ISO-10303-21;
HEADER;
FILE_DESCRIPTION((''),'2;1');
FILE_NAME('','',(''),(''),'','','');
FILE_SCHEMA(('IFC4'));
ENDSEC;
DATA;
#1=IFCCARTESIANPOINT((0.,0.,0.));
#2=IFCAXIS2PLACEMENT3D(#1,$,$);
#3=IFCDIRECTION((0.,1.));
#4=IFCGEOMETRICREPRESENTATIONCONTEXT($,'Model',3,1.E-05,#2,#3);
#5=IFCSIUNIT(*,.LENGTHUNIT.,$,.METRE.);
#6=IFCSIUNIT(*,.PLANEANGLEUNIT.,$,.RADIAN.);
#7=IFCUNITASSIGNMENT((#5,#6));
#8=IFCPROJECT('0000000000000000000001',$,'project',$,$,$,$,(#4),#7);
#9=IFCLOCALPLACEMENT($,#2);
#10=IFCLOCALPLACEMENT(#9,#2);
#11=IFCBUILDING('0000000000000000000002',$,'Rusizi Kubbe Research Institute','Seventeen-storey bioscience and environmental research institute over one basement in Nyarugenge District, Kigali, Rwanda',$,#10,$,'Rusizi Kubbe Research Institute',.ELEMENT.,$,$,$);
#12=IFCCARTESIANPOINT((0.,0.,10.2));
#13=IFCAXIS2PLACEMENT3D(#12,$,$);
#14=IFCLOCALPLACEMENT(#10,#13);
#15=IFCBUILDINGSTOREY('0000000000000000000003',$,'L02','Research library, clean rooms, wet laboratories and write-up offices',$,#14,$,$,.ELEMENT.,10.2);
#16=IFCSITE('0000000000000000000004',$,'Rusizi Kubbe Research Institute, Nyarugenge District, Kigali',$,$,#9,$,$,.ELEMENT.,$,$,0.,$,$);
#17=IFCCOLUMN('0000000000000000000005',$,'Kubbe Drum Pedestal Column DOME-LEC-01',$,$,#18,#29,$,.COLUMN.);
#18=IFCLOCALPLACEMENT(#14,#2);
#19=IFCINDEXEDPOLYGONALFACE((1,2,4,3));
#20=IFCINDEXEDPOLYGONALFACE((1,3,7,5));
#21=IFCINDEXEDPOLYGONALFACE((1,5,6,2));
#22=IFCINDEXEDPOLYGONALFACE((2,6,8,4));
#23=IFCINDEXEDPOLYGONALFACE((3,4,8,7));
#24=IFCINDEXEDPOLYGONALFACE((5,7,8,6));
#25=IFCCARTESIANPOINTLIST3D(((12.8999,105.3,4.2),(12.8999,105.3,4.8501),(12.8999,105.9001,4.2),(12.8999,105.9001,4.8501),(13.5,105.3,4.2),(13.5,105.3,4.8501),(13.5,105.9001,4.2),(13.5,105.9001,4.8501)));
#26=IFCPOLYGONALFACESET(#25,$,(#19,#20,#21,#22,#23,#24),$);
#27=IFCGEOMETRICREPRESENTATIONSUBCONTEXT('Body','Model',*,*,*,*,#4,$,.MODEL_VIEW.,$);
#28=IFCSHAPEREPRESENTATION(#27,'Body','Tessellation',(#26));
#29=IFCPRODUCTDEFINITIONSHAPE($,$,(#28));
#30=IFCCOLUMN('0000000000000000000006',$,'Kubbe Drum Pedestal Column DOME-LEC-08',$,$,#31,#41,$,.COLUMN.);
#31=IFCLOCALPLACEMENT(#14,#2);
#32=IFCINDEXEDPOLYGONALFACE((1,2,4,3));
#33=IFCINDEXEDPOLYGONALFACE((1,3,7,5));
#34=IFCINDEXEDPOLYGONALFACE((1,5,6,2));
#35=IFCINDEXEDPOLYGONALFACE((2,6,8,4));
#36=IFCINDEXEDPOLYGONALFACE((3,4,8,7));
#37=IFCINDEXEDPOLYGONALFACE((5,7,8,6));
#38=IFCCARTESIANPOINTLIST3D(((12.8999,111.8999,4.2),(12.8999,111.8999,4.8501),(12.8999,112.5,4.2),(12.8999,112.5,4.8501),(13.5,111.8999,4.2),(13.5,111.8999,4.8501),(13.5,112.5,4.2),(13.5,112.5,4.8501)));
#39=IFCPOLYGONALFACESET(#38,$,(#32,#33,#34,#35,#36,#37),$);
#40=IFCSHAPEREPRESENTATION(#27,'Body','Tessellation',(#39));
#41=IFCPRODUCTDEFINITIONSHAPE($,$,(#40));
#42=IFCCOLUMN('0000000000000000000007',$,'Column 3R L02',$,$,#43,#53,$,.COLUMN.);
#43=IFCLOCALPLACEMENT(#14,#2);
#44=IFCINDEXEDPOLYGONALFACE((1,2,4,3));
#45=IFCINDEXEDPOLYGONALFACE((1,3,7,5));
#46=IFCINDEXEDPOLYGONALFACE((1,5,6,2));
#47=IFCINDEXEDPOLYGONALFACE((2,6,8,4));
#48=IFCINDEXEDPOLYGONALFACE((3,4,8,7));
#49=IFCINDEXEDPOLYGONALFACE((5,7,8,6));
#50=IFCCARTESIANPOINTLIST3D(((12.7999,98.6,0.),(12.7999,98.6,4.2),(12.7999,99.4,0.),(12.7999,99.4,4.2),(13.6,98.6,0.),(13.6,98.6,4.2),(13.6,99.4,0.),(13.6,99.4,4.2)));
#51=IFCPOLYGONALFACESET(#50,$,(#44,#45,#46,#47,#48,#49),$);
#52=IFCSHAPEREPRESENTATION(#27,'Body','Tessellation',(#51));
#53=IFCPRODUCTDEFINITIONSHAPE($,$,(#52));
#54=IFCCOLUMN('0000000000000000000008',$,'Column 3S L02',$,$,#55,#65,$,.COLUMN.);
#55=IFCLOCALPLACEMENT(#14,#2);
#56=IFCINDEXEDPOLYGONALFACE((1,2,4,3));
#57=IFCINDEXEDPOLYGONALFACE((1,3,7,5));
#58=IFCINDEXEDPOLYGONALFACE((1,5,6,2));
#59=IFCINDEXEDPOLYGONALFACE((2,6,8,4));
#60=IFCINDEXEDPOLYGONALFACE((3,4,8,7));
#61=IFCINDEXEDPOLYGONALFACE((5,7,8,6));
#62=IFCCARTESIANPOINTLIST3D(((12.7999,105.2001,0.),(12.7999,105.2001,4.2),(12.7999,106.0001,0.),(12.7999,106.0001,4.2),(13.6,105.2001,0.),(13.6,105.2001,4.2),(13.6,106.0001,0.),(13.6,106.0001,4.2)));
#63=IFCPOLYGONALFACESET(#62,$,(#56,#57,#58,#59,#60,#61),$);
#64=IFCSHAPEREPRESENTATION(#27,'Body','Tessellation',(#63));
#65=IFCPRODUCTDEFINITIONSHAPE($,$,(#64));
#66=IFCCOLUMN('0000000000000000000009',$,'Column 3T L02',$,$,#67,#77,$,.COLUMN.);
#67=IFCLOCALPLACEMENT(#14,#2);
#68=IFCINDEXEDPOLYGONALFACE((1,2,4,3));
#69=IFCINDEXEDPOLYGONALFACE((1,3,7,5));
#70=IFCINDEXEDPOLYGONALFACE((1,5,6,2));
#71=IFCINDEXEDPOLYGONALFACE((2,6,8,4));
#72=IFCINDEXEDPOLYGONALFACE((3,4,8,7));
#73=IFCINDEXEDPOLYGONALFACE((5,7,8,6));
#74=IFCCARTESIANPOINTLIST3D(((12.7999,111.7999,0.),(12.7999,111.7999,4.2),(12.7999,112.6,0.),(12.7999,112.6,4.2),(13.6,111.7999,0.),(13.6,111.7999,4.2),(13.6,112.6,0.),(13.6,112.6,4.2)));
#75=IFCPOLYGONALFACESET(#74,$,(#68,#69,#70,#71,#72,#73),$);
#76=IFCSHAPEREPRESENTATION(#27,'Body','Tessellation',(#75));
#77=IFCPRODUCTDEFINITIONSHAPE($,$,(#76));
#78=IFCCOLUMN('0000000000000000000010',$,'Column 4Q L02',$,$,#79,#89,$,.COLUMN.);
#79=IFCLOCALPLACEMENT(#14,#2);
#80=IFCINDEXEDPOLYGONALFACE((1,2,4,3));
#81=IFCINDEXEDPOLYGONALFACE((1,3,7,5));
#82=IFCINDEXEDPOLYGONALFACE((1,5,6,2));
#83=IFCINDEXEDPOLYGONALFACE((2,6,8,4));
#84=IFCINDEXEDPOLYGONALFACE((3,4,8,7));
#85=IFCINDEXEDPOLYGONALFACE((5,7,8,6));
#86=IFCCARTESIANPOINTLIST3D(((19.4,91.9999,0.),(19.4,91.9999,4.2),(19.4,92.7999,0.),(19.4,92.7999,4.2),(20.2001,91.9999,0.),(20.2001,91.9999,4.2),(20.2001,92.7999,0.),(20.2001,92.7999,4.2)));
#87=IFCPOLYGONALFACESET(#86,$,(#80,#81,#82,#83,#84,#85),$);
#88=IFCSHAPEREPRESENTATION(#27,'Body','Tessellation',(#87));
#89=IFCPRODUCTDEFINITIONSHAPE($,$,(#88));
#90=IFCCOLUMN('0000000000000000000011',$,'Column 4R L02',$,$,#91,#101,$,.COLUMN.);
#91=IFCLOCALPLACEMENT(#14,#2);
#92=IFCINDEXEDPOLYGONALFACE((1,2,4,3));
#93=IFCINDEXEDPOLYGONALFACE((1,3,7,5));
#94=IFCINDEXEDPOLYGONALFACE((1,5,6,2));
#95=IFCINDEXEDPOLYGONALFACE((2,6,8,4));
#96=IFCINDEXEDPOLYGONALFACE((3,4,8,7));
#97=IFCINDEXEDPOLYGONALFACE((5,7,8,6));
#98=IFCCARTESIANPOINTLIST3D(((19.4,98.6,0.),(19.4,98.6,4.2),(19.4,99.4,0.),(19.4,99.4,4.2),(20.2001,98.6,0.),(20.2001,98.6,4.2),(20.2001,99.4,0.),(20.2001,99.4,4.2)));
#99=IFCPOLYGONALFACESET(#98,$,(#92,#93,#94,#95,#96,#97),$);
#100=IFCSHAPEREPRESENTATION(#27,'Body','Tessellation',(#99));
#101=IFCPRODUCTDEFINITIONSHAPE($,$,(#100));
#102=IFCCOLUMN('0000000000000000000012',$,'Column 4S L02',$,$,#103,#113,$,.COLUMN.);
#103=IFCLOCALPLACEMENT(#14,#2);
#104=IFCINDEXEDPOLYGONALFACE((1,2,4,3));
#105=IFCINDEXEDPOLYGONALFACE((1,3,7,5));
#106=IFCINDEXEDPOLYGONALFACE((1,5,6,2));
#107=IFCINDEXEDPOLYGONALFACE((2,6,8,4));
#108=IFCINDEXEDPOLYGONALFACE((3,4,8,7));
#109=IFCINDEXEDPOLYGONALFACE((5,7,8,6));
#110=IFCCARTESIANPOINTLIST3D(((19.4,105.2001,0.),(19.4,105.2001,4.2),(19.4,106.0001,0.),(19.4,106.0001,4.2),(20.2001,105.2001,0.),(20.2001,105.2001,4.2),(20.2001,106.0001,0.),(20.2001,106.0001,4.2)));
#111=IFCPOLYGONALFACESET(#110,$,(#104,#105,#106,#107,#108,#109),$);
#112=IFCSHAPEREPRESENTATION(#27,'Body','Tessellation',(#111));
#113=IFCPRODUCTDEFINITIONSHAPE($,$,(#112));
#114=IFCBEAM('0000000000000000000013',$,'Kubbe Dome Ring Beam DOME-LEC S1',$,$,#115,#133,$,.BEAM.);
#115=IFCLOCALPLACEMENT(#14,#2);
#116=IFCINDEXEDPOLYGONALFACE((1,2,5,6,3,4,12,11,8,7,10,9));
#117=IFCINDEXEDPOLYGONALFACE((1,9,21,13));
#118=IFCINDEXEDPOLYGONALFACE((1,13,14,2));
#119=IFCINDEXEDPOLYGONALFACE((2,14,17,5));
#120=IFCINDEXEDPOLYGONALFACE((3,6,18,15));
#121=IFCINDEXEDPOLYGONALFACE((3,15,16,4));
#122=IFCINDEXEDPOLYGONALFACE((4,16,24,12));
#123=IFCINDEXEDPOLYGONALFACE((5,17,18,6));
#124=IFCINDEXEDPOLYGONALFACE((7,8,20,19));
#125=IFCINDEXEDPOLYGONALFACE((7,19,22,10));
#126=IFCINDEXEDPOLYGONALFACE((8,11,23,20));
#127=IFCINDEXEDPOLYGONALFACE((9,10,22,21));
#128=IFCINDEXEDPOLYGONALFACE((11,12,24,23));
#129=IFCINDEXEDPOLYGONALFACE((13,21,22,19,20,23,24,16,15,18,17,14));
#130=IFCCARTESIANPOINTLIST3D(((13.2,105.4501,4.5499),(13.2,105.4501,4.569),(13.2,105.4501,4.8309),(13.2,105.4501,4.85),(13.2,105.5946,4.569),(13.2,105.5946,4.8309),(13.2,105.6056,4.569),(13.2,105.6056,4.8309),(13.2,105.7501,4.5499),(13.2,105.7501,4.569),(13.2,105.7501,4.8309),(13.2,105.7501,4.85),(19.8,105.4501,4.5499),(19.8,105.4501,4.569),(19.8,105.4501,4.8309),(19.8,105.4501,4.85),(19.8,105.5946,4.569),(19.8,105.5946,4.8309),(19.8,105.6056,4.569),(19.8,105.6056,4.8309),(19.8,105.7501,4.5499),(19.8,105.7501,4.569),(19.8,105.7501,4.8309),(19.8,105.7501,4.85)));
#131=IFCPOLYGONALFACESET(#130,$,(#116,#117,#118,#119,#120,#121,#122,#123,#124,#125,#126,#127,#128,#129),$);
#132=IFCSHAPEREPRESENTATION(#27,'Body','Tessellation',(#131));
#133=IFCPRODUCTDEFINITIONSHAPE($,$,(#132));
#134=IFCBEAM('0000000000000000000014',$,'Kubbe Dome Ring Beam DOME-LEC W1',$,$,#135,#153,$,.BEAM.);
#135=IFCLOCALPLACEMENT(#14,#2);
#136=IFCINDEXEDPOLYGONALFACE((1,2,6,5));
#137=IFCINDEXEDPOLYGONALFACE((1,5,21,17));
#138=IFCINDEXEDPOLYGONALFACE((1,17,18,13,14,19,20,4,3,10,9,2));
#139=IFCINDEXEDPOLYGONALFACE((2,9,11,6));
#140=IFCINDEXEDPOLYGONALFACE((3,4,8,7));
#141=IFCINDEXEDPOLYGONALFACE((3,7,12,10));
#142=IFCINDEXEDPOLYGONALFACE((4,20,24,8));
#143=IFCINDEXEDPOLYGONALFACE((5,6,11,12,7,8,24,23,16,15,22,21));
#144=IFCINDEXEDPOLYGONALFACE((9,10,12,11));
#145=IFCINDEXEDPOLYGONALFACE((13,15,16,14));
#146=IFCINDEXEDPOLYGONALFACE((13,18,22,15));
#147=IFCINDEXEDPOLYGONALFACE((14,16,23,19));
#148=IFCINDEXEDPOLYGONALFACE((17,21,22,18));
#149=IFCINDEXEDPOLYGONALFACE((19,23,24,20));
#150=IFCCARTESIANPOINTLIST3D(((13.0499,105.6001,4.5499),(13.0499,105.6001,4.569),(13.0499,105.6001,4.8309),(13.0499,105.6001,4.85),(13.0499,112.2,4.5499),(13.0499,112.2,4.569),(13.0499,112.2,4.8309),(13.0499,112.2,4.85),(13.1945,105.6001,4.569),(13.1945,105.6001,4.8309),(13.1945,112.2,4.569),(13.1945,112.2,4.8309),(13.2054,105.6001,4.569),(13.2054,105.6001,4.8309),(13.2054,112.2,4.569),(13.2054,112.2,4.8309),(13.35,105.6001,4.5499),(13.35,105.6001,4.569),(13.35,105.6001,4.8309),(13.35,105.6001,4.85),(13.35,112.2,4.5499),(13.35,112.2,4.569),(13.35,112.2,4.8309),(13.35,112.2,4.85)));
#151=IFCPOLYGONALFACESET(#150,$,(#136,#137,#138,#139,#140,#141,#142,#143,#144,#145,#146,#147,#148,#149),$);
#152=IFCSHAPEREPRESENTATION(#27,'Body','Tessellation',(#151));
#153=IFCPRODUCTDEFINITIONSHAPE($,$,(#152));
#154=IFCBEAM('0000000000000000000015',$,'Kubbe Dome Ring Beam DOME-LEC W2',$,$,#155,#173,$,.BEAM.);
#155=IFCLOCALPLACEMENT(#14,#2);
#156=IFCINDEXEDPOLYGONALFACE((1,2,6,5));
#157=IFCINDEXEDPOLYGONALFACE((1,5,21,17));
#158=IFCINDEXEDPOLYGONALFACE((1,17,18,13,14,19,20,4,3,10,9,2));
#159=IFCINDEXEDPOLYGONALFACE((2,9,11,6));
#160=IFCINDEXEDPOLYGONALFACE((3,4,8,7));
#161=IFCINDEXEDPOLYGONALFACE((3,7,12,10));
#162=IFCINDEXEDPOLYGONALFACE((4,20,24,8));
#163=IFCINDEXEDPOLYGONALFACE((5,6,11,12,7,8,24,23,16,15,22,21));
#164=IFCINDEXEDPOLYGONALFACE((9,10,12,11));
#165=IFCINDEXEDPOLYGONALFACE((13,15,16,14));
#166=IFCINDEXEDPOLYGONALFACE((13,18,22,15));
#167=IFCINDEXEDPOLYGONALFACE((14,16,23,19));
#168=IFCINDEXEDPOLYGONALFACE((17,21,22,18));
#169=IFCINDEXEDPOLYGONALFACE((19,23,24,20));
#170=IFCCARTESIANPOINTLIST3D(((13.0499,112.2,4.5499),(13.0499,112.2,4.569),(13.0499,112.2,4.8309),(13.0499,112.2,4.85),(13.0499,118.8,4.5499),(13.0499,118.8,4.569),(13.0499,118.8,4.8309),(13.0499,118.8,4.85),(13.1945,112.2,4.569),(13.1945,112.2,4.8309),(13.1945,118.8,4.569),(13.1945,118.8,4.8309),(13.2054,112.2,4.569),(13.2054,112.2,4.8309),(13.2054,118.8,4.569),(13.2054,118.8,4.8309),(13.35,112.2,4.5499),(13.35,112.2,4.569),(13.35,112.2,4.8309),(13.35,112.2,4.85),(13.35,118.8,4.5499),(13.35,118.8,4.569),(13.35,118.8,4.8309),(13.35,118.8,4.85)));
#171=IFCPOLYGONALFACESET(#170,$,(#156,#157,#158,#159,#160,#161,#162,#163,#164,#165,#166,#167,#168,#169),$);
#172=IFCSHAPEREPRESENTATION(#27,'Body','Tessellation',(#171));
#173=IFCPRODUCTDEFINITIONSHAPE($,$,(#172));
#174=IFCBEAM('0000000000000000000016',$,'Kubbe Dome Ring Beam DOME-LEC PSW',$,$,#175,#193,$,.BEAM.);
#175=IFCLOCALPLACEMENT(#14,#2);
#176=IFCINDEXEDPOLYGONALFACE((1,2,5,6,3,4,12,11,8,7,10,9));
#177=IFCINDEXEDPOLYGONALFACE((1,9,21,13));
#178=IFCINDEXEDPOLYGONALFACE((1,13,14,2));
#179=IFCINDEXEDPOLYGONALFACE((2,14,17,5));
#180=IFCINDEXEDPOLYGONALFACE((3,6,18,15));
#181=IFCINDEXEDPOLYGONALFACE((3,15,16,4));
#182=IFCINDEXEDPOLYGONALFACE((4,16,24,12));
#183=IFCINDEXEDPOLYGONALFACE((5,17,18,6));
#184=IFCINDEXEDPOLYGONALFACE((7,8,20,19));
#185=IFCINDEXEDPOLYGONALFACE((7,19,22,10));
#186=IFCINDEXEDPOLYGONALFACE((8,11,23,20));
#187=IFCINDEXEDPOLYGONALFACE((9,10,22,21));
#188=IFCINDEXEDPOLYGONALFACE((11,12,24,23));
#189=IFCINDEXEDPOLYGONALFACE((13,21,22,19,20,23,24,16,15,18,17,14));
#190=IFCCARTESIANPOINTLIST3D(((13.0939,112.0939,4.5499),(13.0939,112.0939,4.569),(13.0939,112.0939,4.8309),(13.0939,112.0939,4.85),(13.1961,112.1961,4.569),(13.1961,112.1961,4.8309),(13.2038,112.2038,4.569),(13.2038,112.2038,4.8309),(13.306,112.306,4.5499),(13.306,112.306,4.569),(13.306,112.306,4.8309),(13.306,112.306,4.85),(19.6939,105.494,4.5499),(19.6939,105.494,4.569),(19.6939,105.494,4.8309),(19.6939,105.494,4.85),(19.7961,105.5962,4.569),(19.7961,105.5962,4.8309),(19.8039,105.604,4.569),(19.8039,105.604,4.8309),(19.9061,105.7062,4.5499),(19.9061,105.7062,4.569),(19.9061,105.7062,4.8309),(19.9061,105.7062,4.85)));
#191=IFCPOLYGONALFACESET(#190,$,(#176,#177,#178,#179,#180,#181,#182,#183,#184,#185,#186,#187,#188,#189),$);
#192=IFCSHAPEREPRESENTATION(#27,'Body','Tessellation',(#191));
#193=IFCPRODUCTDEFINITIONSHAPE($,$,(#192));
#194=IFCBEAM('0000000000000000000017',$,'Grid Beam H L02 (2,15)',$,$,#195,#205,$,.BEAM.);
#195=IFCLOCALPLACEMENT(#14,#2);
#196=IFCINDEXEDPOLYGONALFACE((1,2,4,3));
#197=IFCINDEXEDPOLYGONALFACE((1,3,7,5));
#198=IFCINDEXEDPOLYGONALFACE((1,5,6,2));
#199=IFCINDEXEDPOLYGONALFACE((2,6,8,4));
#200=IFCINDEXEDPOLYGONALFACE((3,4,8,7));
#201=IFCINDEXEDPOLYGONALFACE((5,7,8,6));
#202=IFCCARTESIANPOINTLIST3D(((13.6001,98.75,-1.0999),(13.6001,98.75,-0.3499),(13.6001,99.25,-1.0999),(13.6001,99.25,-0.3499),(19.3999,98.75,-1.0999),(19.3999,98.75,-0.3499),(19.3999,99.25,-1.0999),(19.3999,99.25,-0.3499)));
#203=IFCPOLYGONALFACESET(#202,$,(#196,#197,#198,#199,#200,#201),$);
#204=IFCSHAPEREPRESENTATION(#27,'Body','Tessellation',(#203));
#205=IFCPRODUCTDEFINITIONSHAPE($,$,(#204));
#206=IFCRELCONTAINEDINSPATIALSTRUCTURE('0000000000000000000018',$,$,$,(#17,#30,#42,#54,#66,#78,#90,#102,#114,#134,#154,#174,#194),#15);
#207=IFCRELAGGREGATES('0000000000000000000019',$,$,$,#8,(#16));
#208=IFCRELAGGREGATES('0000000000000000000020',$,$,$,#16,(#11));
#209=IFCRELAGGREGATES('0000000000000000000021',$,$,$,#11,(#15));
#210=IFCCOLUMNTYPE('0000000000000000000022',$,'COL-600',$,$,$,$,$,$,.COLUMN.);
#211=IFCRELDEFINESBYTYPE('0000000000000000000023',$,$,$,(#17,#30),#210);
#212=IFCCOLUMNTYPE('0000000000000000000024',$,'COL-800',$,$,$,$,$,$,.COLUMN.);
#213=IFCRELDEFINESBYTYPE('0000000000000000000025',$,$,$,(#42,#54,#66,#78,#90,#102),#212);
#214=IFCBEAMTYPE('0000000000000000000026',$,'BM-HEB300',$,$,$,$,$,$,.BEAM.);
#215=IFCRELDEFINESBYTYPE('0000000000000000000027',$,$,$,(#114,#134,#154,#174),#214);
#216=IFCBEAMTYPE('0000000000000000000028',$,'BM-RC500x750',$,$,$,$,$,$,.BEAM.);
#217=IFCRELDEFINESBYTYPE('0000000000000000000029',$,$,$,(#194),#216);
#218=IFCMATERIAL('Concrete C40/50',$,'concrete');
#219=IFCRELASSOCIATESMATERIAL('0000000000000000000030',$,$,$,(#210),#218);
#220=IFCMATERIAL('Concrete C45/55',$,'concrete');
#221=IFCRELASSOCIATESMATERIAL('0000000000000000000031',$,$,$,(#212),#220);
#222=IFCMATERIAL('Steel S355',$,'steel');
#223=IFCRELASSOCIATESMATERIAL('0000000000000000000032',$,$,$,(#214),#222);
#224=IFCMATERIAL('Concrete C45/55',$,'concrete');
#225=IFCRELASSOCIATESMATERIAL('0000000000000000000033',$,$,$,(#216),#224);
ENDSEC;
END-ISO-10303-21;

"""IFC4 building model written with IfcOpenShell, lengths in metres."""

from ifc_helpers import new_model, si_unit, direction, frame, origin, origin_2d, place, context, subcontext, project, spatial, rectangle, i_section, extrude, material, material_profile, profile_set, type_object, element, save


model = new_model("IFC4")

# Units and contexts
model_context = context("Model", 3, precision=1e-05, world=origin(), true_north=direction((0.0, 1.0)))
body_context = subcontext(model_context, "Body", "Model", "MODEL_VIEW")
ifc_project = project(units=[si_unit("LENGTHUNIT", "METRE"), si_unit("PLANEANGLEUNIT", "RADIAN")], contexts=[model_context])

# Site, building, storey
site_placement = place(None, origin())
site = spatial("IfcSite", under=ifc_project, at=site_placement, Name="Rusizi Kubbe Research Institute, Nyarugenge District, Kigali", CompositionType="ELEMENT", RefElevation=0.0)
building_placement = place(site_placement, origin())
building = spatial("IfcBuilding", under=site, at=building_placement, Name="Rusizi Kubbe Research Institute", Description="Seventeen-storey bioscience and environmental research institute over one basement in Nyarugenge District, Kigali, Rwanda", LongName="Rusizi Kubbe Research Institute", CompositionType="ELEMENT")
storey_placement = place(building_placement, frame((0.0, 0.0, 10.2)))
storey = spatial("IfcBuildingStorey", under=building, at=storey_placement, Name="L02", Description="Research library, clean rooms, wet laboratories and write-up offices", CompositionType="ELEMENT", Elevation=10.2)

# Columns
ifc_material_1 = material(Name="Concrete C40/50", Category="concrete")
ifc_material_profile_1 = material_profile(ifc_material_1, rectangle(XDim=0.6001, YDim=0.6001, at=origin_2d()), Name="RC600x600")
ifc_profile_set_1 = profile_set([ifc_material_profile_1], Name="Concrete C40/50")
column_type_1 = type_object("IfcColumnType", Name="COL-600", PredefinedType="COLUMN", material=ifc_profile_set_1)
for number, where, z_axis, x_axis, name in (
    (1, (13.2, 105.6001, 4.2), (0.0, 0.0, 1.0), (1.0, 0.0, 0.0), "Kubbe Drum Pedestal Column DOME-LEC-01"),
    (2, (13.2, 112.2, 4.2), (0.0, 0.0, 1.0), (1.0, 0.0, 0.0), "Kubbe Drum Pedestal Column DOME-LEC-08"),
):
    element("IfcColumn", number, at=place(storey_placement, frame(where, z_axis=z_axis, x_axis=x_axis)), inside=storey, type_object=column_type_1, Name=name, PredefinedType="COLUMN", context=body_context, shape_type="SweptSolid", body=[
        extrude(rectangle(XDim=0.6001, YDim=0.6001, at=origin_2d()), origin(), (0.0, 0.0, 1.0), 0.6501),
    ])
ifc_material_2 = material(Name="Concrete C45/55", Category="concrete")
ifc_material_profile_2 = material_profile(ifc_material_2, rectangle(XDim=0.8, YDim=0.8, at=origin_2d()), Name="RC800x800")
ifc_profile_set_2 = profile_set([ifc_material_profile_2], Name="Concrete C45/55")
column_type_2 = type_object("IfcColumnType", Name="COL-800", PredefinedType="COLUMN", material=ifc_profile_set_2)
for number, where, z_axis, x_axis, name in (
    (3, (13.2, 99.0, 0.0), (0.0, 0.0, 1.0), (1.0, 0.0, 0.0), "Column 3R L02"),
    (4, (13.2, 105.6001, 0.0), (0.0, 0.0, 1.0), (1.0, 0.0, 0.0), "Column 3S L02"),
    (5, (13.2, 112.2, 0.0), (0.0, 0.0, 1.0), (1.0, 0.0, 0.0), "Column 3T L02"),
    (6, (19.8, 92.3999, 0.0), (0.0, 0.0, 1.0), (1.0, 0.0, 0.0), "Column 4Q L02"),
    (7, (19.8, 99.0, 0.0), (0.0, 0.0, 1.0), (1.0, 0.0, 0.0), "Column 4R L02"),
    (8, (19.8, 105.6001, 0.0), (0.0, 0.0, 1.0), (1.0, 0.0, 0.0), "Column 4S L02"),
):
    element("IfcColumn", number, at=place(storey_placement, frame(where, z_axis=z_axis, x_axis=x_axis)), inside=storey, type_object=column_type_2, Name=name, PredefinedType="COLUMN", context=body_context, shape_type="SweptSolid", body=[
        extrude(rectangle(XDim=0.8, YDim=0.8, at=origin_2d()), origin(), (0.0, 0.0, 1.0), 4.2),
    ])

# Beams
ifc_material_3 = material(Name="Steel S355", Category="steel")
ifc_material_profile_3 = material_profile(ifc_material_3, i_section(OverallWidth=0.3, OverallDepth=0.3, WebThickness=0.011, FlangeThickness=0.019, at=origin_2d()), Name="HEB 300")
ifc_profile_set_3 = profile_set([ifc_material_profile_3], Name="Steel S355")
beam_type_1 = type_object("IfcBeamType", Name="BM-HEB300", PredefinedType="BEAM", material=ifc_profile_set_3)
beam_1_placement = place(storey_placement, frame((13.2, 105.6001, 4.7), z_axis=(1.0, 0.0, 0.0), x_axis=(0.0, 1.0, 0.0)))
element("IfcBeam", 9, at=beam_1_placement, inside=storey, type_object=beam_type_1, Name="Kubbe Dome Ring Beam DOME-LEC S1", PredefinedType="BEAM", context=body_context, shape_type="SweptSolid", body=[
    extrude(i_section(OverallWidth=0.3, OverallDepth=0.3, WebThickness=0.011, FlangeThickness=0.019, at=origin_2d()), origin(), (0.0, 0.0, 1.0), 6.6001),
])
beam_2_placement = place(storey_placement, frame((13.2, 105.6001, 4.7), z_axis=(0.0, 1.0, 0.0), x_axis=(-1.0, 0.0, 0.0)))
element("IfcBeam", 10, at=beam_2_placement, inside=storey, type_object=beam_type_1, Name="Kubbe Dome Ring Beam DOME-LEC W1", PredefinedType="BEAM", context=body_context, shape_type="SweptSolid", body=[
    extrude(i_section(OverallWidth=0.3, OverallDepth=0.3, WebThickness=0.011, FlangeThickness=0.019, at=origin_2d()), origin(), (0.0, 0.0, 1.0), 6.5999),
])
beam_3_placement = place(storey_placement, frame((13.2, 112.2, 4.7), z_axis=(0.0, 1.0, 0.0), x_axis=(-1.0, 0.0, 0.0)))
element("IfcBeam", 11, at=beam_3_placement, inside=storey, type_object=beam_type_1, Name="Kubbe Dome Ring Beam DOME-LEC W2", PredefinedType="BEAM", context=body_context, shape_type="SweptSolid", body=[
    extrude(i_section(OverallWidth=0.3, OverallDepth=0.3, WebThickness=0.011, FlangeThickness=0.019, at=origin_2d()), origin(), (0.0, 0.0, 1.0), 6.6001),
])
beam_4_placement = place(storey_placement, frame((13.2, 112.2, 4.7), z_axis=(0.70712, -0.707094, 0.0), x_axis=(0.707094, 0.70712, 0.0)))
element("IfcBeam", 12, at=beam_4_placement, inside=storey, type_object=beam_type_1, Name="Kubbe Dome Ring Beam DOME-LEC PSW", PredefinedType="BEAM", context=body_context, shape_type="SweptSolid", body=[
    extrude(i_section(OverallWidth=0.3, OverallDepth=0.3, WebThickness=0.011, FlangeThickness=0.019, at=origin_2d()), origin(), (0.0, 0.0, 1.0), 9.3337),
])
ifc_material_4 = material(Name="Concrete C45/55", Category="concrete")
ifc_material_profile_4 = material_profile(ifc_material_4, rectangle(XDim=0.5, YDim=0.75, at=origin_2d()), Name="RC500x750B")
ifc_profile_set_4 = profile_set([ifc_material_profile_4], Name="Concrete C45/55")
beam_type_2 = type_object("IfcBeamType", Name="BM-RC500x750", PredefinedType="BEAM", material=ifc_profile_set_4)
for number, where, z_axis, x_axis, name in (
    (13, (13.6001, 99.0, -0.7249), (1.0, 0.0, 0.0), (0.0, 1.0, 0.0), "Grid Beam H L02 (2,15)"),
):
    element("IfcBeam", number, at=place(storey_placement, frame(where, z_axis=z_axis, x_axis=x_axis)), inside=storey, type_object=beam_type_2, Name=name, PredefinedType="BEAM", context=body_context, shape_type="SweptSolid", body=[
        extrude(rectangle(XDim=0.5, YDim=0.75, at=origin_2d()), origin(), (0.0, 0.0, 1.0), 5.7998),
    ])

save(model, "model.ifc")
